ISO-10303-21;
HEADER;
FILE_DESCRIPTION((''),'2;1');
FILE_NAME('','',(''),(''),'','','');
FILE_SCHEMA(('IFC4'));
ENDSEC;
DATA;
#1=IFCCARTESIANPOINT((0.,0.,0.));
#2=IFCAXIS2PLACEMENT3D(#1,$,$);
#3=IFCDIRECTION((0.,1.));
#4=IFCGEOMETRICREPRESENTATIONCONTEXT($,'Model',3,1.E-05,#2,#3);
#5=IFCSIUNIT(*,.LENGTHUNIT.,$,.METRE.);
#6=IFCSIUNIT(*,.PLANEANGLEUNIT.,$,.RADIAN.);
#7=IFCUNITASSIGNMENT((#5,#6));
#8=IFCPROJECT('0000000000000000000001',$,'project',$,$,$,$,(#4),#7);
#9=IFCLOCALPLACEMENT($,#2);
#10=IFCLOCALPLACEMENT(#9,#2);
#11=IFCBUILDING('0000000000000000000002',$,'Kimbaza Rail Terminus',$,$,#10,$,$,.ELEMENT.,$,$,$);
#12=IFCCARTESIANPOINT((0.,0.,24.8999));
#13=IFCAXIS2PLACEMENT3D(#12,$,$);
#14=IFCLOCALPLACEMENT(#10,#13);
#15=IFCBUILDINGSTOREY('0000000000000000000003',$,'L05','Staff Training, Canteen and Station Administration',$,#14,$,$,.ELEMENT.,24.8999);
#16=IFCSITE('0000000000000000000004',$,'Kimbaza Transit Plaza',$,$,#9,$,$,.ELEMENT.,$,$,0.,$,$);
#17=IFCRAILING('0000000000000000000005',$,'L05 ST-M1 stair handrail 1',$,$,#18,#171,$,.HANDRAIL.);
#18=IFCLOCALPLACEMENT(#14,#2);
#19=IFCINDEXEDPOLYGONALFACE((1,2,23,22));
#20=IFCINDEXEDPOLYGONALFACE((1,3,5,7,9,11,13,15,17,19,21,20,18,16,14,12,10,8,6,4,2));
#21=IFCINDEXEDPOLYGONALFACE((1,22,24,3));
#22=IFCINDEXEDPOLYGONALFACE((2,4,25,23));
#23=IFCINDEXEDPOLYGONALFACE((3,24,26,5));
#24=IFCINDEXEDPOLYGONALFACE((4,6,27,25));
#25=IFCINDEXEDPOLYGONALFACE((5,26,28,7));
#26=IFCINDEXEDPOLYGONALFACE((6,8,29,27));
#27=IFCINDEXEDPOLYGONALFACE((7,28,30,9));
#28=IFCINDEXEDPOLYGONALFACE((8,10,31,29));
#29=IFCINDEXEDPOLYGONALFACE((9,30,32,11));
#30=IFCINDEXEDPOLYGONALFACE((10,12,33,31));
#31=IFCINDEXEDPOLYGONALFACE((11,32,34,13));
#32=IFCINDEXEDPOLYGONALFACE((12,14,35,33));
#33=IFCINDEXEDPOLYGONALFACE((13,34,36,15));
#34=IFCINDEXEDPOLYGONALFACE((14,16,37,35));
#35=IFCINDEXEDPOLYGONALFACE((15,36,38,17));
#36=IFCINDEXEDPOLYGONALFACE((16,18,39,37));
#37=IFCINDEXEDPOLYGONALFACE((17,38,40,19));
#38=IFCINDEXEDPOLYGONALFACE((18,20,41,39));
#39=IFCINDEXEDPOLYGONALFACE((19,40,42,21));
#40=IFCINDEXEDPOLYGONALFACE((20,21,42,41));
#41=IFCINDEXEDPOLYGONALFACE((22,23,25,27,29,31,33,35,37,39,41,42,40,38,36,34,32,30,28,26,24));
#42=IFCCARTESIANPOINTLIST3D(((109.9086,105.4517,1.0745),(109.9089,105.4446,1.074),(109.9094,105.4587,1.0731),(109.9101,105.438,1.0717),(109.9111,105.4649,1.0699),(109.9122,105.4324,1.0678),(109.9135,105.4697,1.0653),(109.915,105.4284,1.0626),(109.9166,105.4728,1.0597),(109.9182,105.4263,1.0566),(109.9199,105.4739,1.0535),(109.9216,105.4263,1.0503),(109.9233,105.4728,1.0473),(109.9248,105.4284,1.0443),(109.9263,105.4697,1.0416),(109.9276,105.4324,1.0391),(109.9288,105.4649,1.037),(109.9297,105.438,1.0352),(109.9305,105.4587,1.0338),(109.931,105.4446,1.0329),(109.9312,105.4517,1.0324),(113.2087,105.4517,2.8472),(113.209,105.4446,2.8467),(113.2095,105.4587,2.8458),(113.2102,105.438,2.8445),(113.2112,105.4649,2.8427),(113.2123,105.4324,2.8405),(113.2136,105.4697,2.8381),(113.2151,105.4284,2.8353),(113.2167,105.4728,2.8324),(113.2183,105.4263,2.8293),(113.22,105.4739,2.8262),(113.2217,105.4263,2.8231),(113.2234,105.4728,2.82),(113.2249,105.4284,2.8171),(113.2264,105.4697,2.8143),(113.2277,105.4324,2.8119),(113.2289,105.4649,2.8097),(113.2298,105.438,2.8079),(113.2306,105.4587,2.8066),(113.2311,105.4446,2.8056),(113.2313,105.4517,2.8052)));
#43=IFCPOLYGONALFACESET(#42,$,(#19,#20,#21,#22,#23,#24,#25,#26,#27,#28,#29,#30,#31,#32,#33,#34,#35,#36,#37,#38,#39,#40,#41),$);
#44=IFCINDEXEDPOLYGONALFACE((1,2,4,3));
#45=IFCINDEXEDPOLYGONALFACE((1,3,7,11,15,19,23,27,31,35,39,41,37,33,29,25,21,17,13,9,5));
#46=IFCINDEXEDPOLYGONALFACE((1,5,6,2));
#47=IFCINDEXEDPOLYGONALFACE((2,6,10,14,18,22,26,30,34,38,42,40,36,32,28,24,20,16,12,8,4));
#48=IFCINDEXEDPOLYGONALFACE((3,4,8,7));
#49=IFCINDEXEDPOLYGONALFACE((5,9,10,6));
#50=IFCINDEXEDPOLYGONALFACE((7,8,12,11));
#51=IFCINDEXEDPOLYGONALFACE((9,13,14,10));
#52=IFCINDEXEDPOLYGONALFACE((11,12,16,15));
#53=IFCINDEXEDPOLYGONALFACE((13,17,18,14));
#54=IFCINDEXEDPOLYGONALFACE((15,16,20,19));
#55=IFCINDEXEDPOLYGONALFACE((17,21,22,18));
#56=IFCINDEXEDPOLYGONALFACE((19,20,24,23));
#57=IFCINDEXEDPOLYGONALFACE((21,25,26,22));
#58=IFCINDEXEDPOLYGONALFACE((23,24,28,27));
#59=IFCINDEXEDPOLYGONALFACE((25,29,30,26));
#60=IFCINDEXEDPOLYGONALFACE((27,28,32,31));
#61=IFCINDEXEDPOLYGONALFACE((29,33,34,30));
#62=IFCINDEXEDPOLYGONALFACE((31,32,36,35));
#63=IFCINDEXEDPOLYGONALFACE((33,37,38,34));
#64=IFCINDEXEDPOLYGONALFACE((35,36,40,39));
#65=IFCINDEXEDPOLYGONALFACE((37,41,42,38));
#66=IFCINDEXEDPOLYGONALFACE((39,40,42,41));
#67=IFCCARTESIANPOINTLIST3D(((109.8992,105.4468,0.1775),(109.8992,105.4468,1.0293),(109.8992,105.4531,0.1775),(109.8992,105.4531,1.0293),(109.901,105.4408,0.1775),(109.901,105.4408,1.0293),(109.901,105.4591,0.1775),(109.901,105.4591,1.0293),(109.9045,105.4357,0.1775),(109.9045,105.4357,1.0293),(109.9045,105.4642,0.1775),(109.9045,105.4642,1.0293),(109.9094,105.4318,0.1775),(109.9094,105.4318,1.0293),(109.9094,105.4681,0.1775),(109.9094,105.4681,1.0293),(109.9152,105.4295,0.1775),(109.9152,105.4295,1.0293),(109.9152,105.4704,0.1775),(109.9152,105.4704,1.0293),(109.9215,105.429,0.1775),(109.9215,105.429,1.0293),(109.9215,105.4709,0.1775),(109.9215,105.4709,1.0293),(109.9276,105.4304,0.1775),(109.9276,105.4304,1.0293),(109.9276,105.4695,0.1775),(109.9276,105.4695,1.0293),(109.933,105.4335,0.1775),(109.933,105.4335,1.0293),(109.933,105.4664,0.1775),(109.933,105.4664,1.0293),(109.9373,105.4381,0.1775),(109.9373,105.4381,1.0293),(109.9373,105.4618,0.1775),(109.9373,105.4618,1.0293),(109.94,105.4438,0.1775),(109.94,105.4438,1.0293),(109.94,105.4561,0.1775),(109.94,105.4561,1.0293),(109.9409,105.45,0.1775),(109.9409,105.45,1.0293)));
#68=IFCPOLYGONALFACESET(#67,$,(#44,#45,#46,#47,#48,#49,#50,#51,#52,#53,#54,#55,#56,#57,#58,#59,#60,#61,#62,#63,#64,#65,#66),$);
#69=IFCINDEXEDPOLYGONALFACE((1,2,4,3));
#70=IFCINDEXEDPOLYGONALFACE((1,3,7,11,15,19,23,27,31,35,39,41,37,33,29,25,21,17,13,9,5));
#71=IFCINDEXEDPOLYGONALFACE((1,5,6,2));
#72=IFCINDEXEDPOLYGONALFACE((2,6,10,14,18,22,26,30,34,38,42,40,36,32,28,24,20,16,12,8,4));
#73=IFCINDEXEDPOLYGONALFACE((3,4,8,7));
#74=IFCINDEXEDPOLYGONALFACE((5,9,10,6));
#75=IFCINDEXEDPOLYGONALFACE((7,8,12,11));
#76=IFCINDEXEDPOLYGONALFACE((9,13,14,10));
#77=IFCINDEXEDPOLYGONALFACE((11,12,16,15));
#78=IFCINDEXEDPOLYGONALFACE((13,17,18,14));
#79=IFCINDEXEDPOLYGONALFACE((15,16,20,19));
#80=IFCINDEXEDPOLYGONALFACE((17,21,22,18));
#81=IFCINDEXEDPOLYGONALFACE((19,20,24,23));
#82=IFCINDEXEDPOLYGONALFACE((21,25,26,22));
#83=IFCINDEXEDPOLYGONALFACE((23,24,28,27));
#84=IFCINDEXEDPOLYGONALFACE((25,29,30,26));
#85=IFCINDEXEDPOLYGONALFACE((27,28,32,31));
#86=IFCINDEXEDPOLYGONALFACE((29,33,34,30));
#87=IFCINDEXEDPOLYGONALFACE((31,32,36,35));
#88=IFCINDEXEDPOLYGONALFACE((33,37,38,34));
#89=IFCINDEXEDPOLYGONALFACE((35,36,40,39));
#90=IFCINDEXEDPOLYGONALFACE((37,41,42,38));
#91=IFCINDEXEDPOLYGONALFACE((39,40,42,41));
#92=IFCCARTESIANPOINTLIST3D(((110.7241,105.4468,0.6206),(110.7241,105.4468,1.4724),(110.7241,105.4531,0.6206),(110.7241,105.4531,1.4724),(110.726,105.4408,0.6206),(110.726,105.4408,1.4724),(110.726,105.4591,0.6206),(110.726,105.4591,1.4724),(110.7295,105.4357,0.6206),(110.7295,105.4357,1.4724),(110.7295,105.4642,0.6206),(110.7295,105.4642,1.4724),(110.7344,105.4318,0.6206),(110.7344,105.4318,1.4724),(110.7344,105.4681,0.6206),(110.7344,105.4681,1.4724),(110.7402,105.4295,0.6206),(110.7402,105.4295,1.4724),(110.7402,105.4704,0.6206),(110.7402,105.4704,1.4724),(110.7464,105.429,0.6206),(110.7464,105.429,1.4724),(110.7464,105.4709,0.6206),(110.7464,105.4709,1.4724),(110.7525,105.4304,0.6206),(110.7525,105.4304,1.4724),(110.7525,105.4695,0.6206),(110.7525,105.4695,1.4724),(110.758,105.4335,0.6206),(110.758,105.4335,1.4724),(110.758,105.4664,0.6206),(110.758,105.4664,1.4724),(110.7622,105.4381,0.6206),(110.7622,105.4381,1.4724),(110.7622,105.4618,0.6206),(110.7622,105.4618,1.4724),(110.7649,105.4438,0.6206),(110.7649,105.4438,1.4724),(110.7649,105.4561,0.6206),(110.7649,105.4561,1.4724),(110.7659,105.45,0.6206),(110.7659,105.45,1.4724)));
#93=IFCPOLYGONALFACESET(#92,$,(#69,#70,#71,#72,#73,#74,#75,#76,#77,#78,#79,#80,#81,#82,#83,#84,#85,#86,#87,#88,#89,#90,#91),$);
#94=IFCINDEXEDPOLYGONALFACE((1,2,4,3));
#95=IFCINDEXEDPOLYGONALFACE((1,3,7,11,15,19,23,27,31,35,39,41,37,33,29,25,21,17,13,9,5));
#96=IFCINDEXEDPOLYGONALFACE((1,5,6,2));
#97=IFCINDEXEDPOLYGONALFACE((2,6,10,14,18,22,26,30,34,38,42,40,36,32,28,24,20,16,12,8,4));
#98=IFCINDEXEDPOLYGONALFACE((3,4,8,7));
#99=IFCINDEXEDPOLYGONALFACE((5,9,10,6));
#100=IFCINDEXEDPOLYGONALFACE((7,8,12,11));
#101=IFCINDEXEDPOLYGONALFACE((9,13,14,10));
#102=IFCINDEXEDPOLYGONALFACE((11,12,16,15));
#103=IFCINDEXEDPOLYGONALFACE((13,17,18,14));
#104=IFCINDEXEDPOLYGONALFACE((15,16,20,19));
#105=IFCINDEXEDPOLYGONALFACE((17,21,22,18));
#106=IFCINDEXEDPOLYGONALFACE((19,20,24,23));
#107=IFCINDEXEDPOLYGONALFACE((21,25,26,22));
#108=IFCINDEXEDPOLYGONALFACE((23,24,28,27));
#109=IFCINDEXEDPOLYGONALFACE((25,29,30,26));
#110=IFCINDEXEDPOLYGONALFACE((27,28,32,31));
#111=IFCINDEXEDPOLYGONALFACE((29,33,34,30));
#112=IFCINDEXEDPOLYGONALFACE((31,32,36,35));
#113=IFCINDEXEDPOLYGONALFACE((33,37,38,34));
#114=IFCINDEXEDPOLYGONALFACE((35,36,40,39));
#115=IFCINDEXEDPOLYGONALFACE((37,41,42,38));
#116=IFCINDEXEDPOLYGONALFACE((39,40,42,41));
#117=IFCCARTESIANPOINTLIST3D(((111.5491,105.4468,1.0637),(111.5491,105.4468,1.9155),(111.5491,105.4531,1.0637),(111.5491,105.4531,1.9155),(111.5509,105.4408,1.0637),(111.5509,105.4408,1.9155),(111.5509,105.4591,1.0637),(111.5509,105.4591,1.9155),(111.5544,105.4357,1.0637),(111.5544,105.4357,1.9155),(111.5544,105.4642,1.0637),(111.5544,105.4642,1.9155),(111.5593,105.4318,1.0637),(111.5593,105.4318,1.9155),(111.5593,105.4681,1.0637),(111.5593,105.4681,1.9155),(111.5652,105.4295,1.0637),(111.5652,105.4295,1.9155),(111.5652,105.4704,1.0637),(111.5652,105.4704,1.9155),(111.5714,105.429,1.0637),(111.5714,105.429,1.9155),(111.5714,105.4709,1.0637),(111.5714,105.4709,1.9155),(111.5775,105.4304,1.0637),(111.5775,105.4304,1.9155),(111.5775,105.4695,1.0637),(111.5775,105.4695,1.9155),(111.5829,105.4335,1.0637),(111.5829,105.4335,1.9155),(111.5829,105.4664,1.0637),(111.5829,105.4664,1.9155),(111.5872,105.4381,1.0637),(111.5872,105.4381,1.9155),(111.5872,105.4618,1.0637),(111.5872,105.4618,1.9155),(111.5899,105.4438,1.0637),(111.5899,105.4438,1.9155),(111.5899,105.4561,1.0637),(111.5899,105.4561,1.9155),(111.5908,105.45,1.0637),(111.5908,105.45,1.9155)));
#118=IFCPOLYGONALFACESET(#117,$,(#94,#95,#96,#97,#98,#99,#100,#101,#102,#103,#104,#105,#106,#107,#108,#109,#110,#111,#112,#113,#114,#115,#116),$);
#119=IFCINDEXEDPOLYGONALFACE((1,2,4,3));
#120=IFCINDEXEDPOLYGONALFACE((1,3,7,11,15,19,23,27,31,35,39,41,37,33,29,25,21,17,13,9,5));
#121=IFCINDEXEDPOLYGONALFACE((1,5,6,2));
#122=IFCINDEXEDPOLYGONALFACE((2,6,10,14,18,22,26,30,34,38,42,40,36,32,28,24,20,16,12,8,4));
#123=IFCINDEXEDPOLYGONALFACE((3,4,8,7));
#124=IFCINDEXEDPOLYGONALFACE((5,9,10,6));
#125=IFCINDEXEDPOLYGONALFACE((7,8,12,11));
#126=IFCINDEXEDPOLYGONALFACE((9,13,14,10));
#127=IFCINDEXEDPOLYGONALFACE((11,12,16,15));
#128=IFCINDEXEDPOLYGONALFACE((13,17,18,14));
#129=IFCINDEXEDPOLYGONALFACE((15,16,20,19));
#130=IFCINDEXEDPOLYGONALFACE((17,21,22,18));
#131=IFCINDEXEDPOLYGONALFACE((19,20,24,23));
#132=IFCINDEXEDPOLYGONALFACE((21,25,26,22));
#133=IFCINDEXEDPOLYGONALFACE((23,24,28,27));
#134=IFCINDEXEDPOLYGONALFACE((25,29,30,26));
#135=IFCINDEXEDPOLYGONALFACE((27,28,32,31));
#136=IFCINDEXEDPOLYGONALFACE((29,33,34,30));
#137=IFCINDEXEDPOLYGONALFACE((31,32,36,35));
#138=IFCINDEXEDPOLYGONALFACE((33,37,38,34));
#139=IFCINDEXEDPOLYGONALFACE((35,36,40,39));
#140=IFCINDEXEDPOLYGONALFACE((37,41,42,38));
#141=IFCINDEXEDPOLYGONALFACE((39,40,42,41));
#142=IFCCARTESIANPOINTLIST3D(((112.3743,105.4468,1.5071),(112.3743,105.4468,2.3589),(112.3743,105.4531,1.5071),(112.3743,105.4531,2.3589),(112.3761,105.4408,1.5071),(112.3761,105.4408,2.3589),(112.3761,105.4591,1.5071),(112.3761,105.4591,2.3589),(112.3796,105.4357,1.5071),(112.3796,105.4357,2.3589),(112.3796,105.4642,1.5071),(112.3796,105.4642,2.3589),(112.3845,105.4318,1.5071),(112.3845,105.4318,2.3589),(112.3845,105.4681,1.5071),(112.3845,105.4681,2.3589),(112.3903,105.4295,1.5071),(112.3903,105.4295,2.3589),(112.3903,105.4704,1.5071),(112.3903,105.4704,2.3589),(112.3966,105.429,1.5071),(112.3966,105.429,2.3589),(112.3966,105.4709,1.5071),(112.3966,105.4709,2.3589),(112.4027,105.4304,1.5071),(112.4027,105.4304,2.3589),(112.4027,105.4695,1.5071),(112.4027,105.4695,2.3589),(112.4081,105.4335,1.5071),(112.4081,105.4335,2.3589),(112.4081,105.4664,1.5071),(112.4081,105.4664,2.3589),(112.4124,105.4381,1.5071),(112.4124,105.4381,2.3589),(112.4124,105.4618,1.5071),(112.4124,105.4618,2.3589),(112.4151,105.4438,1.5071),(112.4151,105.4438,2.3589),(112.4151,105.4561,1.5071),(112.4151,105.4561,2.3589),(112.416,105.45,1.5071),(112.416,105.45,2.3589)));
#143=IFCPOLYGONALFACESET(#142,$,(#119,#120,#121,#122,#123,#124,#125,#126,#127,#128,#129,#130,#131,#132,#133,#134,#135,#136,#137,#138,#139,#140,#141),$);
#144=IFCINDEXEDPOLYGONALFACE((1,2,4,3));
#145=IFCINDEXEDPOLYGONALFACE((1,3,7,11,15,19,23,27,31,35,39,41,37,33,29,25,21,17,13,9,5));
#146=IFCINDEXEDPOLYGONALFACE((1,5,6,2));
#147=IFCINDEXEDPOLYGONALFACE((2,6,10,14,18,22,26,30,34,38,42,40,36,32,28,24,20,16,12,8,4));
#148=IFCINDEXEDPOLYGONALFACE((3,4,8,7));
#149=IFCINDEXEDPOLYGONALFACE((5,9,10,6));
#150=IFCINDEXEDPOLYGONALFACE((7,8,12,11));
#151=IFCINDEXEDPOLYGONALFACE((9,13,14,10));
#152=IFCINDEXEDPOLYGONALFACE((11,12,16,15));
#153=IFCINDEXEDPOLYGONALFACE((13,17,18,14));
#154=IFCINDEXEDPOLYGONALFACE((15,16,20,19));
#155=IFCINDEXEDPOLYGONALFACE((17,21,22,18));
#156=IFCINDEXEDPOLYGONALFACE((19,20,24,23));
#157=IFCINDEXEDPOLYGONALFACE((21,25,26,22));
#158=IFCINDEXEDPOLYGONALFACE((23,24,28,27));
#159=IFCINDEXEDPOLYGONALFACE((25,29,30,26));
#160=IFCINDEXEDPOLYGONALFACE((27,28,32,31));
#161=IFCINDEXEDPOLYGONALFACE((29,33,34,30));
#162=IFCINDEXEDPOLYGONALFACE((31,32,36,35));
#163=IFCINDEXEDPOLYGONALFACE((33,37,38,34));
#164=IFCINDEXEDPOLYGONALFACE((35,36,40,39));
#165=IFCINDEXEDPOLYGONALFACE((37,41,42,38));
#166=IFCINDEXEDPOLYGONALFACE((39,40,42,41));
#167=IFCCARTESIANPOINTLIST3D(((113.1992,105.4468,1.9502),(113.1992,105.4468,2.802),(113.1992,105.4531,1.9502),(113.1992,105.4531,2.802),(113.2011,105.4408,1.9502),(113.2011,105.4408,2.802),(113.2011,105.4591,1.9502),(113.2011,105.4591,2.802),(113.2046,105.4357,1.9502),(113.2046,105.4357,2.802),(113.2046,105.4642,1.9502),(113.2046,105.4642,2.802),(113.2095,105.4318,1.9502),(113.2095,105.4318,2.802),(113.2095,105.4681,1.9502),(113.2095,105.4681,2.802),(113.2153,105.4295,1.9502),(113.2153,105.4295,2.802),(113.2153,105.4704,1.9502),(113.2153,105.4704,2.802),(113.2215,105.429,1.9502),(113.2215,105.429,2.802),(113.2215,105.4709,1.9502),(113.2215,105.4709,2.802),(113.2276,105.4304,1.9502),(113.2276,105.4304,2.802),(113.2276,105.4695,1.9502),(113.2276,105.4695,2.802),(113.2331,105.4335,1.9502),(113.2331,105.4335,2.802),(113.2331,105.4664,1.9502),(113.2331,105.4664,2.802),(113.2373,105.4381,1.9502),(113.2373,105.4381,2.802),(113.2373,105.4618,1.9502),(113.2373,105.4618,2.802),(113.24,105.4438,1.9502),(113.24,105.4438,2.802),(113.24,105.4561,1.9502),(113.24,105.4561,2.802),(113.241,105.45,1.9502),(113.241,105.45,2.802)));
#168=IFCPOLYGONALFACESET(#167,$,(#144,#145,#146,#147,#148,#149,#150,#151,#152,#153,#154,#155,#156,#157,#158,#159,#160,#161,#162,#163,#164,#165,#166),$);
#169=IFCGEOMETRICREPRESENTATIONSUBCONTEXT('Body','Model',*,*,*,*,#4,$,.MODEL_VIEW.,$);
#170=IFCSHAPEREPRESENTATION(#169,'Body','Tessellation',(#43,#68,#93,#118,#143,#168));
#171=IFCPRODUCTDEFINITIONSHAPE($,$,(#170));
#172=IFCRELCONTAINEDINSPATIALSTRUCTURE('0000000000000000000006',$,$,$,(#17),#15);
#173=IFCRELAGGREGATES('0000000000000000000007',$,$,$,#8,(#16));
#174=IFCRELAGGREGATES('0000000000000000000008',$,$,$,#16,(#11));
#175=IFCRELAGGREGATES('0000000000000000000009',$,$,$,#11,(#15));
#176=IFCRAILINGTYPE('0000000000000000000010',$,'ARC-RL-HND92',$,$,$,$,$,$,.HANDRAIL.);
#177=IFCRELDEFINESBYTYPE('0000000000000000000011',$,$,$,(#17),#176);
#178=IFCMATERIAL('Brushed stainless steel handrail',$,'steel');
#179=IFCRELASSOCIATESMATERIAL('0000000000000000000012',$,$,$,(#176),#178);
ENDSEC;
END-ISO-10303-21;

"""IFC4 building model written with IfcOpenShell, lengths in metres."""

from ifc_helpers import new_model, si_unit, direction, frame, origin, origin_2d, place, context, subcontext, project, spatial, circle, extrude, material, type_object, element, save


model = new_model("IFC4")

# Units and contexts
model_context = context("Model", 3, precision=1e-05, world=origin(), true_north=direction((0.0, 1.0)))
body_context = subcontext(model_context, "Body", "Model", "MODEL_VIEW")
ifc_project = project(units=[si_unit("LENGTHUNIT", "METRE"), si_unit("PLANEANGLEUNIT", "RADIAN")], contexts=[model_context])

# Site, building, storey
site_placement = place(None, origin())
site = spatial("IfcSite", under=ifc_project, at=site_placement, Name="Kimbaza Transit Plaza", CompositionType="ELEMENT", RefElevation=0.0)
building_placement = place(site_placement, origin())
building = spatial("IfcBuilding", under=site, at=building_placement, Name="Kimbaza Rail Terminus", CompositionType="ELEMENT")
storey_placement = place(building_placement, frame((0.0, 0.0, 24.8999)))
storey = spatial("IfcBuildingStorey", under=building, at=storey_placement, Name="L05", Description="Staff Training, Canteen and Station Administration", CompositionType="ELEMENT", Elevation=24.8999)

# Railing
ifc_material_1 = material(Name="Brushed stainless steel handrail", Category="steel")
railing_type_1 = type_object("IfcRailingType", Name="ARC-RL-HND92", PredefinedType="HANDRAIL", material=ifc_material_1)
railing_1_placement = place(storey_placement, frame((109.9199, 105.45, 0.1775)))
element("IfcRailing", 1, at=railing_1_placement, inside=storey, type_object=railing_type_1, Name="L05 ST-M1 stair handrail 1", PredefinedType="HANDRAIL", context=body_context, shape_type="SweptSolid", body=[
    extrude(circle(Radius=0.0239, at=origin_2d()), frame((0.0, 0.0, 0.876), z_axis=(0.880944, 0.0, 0.473221), x_axis=(0.0, 1.0, 0.0)), (0.0, 0.0, 1.0), 3.7461),
    extrude(circle(Radius=0.021, at=origin_2d()), origin(), (0.0, 0.0, 1.0), 0.8518),
    extrude(circle(Radius=0.021, at=origin_2d()), frame((0.825, 0.0, 0.4431)), (0.0, 0.0, 1.0), 0.8518),
    extrude(circle(Radius=0.021, at=origin_2d()), frame((1.6499, 0.0, 0.8862)), (0.0, 0.0, 1.0), 0.8518),
    extrude(circle(Radius=0.021, at=origin_2d()), frame((2.4751, 0.0, 1.3296)), (0.0, 0.0, 1.0), 0.8518),
    extrude(circle(Radius=0.021, at=origin_2d()), frame((3.3, 0.0, 1.7727)), (0.0, 0.0, 1.0), 0.8518),
])

save(model, "model.ifc")
